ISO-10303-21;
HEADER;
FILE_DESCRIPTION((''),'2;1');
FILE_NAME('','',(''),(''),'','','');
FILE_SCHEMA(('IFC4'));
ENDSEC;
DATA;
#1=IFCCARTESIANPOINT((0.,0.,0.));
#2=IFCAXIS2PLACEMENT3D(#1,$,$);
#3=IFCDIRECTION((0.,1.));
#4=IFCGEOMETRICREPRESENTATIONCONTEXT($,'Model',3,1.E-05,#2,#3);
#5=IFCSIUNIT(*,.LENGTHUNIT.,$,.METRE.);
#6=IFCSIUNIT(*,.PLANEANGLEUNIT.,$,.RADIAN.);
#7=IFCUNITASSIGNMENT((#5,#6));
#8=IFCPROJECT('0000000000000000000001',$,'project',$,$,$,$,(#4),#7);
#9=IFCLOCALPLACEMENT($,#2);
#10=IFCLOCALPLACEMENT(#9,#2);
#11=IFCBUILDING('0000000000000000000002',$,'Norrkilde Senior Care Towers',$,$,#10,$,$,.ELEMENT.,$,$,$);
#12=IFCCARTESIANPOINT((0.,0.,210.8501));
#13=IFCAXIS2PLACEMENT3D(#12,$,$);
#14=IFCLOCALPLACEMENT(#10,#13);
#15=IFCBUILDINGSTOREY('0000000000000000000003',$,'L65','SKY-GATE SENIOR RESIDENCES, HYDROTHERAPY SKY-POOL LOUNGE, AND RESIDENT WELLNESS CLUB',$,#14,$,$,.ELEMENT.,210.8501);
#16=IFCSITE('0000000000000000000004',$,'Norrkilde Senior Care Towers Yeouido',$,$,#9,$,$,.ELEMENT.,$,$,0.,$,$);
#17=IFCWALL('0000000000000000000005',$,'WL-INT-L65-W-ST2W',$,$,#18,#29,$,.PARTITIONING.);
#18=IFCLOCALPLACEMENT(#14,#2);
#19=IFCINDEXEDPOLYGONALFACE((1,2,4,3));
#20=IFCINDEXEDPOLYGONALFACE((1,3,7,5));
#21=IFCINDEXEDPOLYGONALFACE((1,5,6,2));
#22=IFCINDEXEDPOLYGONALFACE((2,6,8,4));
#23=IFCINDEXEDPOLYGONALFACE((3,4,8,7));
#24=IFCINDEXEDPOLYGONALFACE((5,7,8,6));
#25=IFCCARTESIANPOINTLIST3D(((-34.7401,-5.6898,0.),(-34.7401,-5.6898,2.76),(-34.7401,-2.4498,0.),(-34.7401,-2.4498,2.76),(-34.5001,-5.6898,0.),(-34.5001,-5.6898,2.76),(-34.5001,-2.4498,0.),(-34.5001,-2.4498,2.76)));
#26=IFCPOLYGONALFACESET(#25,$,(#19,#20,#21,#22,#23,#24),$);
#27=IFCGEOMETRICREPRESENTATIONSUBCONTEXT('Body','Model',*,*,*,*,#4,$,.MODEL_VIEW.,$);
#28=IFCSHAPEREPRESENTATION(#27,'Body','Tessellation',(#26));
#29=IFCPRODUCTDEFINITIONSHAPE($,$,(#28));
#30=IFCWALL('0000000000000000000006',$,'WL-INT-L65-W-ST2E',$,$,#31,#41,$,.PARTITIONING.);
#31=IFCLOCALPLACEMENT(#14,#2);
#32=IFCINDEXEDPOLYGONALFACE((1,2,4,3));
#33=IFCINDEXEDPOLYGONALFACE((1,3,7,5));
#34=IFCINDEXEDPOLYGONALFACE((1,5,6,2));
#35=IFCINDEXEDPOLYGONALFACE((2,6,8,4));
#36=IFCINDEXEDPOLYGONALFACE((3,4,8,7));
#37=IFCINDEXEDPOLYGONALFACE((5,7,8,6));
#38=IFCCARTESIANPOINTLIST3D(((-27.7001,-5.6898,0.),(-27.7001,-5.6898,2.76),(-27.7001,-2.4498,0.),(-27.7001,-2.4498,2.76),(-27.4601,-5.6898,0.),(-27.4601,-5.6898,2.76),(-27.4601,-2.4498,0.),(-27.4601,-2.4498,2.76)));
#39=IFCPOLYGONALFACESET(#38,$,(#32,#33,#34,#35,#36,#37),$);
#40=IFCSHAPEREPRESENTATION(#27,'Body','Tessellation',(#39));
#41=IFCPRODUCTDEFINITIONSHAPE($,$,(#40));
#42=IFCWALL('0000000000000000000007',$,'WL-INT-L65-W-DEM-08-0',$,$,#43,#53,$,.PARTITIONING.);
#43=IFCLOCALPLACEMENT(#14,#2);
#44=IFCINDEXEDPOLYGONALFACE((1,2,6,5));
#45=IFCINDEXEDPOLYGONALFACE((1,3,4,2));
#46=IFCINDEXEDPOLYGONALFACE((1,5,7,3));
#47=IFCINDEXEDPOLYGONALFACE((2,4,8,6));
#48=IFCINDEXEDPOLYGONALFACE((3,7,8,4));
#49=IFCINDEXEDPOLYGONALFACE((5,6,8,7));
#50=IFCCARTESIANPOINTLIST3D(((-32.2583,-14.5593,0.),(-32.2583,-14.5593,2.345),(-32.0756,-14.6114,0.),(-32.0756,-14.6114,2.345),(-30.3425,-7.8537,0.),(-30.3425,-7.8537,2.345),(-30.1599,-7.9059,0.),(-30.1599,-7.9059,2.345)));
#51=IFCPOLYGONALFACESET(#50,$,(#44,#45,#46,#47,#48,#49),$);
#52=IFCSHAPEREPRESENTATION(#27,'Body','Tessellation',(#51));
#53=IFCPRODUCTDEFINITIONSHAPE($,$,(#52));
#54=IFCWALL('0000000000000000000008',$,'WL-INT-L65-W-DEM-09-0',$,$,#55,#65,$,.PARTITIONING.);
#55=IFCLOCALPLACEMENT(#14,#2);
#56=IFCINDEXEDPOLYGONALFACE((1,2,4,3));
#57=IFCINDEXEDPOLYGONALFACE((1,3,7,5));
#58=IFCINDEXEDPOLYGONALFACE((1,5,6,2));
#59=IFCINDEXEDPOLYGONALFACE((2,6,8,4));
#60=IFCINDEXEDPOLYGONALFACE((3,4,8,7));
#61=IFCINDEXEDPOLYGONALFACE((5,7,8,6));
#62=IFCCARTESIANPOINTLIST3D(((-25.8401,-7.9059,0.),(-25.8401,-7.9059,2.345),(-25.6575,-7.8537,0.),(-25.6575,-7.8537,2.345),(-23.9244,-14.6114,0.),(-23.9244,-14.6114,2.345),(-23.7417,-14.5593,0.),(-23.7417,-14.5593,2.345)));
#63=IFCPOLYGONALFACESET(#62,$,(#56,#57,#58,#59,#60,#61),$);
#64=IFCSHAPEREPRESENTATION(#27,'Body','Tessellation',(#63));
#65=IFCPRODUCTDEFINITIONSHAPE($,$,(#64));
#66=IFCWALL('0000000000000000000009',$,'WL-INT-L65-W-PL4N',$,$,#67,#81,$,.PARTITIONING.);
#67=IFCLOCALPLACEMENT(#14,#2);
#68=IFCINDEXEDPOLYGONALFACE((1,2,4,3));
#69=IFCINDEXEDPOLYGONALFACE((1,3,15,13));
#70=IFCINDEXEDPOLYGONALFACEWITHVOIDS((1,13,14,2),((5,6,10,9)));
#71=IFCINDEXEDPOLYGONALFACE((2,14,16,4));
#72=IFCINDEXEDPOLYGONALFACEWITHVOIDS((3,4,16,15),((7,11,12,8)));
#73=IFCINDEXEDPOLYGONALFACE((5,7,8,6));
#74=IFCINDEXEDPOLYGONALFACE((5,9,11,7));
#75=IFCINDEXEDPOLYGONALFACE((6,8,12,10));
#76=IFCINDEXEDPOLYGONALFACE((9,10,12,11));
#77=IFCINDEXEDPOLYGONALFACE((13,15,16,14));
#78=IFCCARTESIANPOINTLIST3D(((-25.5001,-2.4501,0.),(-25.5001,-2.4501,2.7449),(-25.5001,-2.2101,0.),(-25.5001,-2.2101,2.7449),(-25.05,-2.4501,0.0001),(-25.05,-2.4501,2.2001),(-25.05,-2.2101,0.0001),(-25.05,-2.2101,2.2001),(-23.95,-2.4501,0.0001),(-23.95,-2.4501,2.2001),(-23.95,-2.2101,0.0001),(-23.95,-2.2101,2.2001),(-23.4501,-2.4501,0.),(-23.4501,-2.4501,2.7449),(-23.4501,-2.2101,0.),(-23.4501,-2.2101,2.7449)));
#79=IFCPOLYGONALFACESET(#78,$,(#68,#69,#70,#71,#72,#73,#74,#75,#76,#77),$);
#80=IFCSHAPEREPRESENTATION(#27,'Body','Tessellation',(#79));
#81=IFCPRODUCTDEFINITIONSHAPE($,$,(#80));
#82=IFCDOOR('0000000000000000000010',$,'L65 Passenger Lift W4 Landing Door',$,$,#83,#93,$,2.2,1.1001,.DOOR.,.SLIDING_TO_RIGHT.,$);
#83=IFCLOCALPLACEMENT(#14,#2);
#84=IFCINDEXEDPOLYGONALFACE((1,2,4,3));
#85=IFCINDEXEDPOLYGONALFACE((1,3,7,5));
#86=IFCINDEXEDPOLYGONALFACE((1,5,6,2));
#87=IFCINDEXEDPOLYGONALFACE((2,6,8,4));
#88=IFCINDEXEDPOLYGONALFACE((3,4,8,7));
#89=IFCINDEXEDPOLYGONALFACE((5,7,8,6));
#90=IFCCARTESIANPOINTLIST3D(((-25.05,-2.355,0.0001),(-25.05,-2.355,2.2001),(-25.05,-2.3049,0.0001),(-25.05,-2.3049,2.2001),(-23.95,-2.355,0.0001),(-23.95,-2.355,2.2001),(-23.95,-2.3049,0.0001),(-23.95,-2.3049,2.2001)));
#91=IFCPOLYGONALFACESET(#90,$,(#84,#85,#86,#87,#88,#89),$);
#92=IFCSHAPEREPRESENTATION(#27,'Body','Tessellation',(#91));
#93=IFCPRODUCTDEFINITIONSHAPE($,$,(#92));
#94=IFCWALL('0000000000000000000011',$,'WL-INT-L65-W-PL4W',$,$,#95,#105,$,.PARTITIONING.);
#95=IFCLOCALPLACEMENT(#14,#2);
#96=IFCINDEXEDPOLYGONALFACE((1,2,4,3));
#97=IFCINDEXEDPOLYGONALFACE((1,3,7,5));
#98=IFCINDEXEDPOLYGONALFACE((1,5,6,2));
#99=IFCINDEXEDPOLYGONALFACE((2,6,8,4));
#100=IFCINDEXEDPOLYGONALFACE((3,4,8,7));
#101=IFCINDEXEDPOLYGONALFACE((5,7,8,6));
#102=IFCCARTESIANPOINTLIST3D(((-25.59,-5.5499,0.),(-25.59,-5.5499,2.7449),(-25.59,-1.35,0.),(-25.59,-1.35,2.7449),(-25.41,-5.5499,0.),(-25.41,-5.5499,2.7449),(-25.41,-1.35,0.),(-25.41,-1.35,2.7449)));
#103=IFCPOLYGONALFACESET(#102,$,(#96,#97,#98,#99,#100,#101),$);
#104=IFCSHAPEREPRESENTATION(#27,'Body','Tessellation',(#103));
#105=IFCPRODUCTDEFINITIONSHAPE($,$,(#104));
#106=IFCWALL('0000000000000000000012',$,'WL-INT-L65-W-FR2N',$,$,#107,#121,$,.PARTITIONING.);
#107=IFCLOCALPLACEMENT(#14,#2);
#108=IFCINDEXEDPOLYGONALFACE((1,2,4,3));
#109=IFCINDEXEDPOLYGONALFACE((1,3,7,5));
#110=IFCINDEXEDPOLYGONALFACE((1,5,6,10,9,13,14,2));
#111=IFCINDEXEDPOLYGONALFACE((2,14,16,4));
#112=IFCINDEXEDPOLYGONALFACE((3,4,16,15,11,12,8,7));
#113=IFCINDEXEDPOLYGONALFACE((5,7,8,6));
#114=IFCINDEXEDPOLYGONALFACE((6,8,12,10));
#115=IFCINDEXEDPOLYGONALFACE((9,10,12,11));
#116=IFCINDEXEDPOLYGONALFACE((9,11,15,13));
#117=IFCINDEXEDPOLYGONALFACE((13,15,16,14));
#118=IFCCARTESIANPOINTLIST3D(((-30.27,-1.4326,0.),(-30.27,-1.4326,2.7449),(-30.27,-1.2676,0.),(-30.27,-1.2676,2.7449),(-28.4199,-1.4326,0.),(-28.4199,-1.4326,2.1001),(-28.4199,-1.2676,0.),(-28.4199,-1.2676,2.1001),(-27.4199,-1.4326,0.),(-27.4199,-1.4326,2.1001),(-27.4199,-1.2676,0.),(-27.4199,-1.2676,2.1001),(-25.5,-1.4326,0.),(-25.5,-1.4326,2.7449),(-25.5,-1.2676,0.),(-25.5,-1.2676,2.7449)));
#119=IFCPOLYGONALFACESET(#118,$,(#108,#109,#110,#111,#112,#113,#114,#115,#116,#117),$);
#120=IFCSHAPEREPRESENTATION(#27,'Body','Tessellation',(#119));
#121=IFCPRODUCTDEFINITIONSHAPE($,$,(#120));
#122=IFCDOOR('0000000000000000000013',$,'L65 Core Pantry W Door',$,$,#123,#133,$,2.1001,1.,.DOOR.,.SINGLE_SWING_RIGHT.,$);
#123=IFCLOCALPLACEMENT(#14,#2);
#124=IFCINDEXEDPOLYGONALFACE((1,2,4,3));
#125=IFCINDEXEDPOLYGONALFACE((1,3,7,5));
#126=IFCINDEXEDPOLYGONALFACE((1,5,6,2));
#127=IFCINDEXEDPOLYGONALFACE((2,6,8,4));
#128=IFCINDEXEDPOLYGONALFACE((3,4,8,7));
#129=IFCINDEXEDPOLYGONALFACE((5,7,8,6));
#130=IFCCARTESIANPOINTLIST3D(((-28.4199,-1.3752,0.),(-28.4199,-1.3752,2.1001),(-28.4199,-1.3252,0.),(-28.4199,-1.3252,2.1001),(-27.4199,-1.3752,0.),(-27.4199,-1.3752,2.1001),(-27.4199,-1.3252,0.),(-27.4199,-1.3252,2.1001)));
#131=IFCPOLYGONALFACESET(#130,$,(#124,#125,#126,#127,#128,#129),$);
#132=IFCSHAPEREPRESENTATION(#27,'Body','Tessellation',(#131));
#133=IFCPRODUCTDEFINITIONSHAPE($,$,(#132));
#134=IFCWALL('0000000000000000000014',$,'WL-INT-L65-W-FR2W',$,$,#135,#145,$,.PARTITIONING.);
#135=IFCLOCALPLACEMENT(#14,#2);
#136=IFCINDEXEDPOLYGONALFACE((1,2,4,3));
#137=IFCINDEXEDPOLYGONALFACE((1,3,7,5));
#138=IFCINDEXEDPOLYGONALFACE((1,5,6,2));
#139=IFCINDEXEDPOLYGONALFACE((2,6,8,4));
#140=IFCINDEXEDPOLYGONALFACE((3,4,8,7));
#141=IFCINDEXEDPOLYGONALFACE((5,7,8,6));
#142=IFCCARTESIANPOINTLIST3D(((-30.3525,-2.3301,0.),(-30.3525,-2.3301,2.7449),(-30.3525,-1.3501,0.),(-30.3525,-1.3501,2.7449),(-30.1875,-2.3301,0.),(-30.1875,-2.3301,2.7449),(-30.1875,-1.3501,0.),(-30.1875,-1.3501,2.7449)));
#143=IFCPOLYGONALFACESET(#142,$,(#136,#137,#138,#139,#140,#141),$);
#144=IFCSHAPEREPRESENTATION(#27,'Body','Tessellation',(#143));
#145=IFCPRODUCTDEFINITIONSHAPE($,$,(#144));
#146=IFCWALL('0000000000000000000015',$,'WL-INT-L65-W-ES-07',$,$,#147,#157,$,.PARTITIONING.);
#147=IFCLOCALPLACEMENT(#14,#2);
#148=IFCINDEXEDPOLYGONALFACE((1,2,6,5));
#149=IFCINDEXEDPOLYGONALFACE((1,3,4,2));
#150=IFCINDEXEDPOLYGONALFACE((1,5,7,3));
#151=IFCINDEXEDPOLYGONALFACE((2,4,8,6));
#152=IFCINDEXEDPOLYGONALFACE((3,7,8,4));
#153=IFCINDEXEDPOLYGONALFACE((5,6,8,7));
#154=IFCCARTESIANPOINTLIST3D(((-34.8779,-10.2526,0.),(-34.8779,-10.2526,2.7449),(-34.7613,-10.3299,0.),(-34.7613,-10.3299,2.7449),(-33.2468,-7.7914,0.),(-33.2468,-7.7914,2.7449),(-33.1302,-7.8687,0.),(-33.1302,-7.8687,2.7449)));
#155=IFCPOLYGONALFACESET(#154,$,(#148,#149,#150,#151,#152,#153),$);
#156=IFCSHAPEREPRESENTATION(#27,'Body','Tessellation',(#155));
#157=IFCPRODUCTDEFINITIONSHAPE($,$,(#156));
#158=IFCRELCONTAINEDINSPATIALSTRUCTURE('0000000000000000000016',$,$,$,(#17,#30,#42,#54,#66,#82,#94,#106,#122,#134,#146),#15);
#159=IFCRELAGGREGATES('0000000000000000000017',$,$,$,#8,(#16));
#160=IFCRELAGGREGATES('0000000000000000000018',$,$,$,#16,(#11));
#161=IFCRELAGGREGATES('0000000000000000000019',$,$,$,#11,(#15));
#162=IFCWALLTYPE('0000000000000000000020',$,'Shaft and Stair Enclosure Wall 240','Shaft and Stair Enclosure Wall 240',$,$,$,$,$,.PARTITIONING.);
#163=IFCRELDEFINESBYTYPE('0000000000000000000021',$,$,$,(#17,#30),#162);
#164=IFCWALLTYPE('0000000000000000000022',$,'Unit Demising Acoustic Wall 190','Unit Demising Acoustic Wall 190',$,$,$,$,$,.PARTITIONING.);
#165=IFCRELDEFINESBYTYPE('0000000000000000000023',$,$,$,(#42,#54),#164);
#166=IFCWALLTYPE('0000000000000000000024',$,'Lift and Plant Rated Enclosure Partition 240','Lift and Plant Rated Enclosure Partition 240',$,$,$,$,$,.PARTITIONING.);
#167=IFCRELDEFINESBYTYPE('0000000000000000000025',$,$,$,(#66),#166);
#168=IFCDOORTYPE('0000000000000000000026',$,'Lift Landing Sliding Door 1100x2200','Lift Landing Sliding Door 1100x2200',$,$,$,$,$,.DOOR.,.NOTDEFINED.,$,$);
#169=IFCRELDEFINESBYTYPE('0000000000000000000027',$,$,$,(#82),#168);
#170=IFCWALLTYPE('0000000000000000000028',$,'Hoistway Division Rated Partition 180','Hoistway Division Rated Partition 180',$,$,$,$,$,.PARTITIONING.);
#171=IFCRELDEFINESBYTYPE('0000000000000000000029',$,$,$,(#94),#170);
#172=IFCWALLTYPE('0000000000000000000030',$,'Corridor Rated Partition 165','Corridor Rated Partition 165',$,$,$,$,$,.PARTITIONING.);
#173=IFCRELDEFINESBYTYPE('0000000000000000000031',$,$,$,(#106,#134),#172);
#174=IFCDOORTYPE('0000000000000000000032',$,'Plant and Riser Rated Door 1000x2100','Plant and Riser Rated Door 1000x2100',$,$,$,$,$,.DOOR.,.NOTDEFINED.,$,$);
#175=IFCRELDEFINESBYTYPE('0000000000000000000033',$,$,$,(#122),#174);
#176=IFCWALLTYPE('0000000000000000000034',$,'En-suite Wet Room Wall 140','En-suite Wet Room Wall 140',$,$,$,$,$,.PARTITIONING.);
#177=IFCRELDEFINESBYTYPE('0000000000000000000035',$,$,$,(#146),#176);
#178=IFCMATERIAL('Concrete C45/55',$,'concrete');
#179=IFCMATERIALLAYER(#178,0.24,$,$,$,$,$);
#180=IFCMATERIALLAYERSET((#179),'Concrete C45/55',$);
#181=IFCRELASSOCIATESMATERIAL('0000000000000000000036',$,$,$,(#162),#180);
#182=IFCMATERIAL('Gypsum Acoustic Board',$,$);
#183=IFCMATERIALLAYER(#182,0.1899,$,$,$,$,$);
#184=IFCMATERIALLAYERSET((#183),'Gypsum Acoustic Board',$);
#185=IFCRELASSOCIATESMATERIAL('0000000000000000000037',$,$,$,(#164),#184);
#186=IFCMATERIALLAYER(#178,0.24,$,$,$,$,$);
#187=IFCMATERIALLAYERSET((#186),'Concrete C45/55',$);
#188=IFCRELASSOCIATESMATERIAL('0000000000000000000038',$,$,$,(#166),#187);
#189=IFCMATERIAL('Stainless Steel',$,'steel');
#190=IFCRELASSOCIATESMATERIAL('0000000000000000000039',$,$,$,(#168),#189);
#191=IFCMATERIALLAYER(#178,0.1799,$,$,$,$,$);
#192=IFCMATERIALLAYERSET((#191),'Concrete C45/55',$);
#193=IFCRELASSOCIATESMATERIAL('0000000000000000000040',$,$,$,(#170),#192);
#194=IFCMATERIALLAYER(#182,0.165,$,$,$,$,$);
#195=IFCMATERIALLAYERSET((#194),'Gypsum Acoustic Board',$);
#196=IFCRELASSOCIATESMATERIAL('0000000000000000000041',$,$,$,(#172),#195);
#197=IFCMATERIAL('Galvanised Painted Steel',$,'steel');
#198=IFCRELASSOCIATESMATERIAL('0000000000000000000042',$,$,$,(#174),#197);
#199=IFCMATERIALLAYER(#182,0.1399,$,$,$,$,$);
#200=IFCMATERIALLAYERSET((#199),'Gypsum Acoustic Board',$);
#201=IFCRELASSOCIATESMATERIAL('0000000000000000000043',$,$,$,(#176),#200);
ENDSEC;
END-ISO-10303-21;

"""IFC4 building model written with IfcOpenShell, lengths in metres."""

from ifc_helpers import new_model, si_unit, direction, frame, frame_2d, origin, place, context, subcontext, project, spatial, rectangle, extrude, source, transform, mapped, material, layer, layer_set, type_object, type_shapes, element, fill, save


model = new_model("IFC4")

# Units and contexts
model_context = context("Model", 3, precision=1e-05, world=origin(), true_north=direction((0.0, 1.0)))
body_context = subcontext(model_context, "Body", "Model", "MODEL_VIEW")
ifc_project = project(units=[si_unit("LENGTHUNIT", "METRE"), si_unit("PLANEANGLEUNIT", "RADIAN")], contexts=[model_context])

# Site, building, storey
site_placement = place(None, origin())
site = spatial("IfcSite", under=ifc_project, at=site_placement, Name="Norrkilde Senior Care Towers Yeouido", CompositionType="ELEMENT", RefElevation=0.0)
building_placement = place(site_placement, origin())
building = spatial("IfcBuilding", under=site, at=building_placement, Name="Norrkilde Senior Care Towers", CompositionType="ELEMENT")
storey_placement = place(building_placement, frame((0.0, 0.0, 210.8501)))
storey = spatial("IfcBuildingStorey", under=building, at=storey_placement, Name="L65", Description="SKY-GATE SENIOR RESIDENCES, HYDROTHERAPY SKY-POOL LOUNGE, AND RESIDENT WELLNESS CLUB", CompositionType="ELEMENT", Elevation=210.8501)

# Walls
ifc_material_1 = material(Name="Concrete C45/55", Category="concrete")
ifc_layer_1 = layer(ifc_material_1, 0.24)
ifc_layer_set_1 = layer_set([ifc_layer_1], Name="Concrete C45/55")
wall_type_1 = type_object("IfcWallType", Name="Shaft and Stair Enclosure Wall 240", Description="Shaft and Stair Enclosure Wall 240", PredefinedType="PARTITIONING", material=ifc_layer_set_1)
shared_shape_1 = source(origin(), body_context, "Body", "SweptSolid", [
    extrude(rectangle(XDim=3.24, YDim=0.24, at=frame_2d((1.6201, 0.0))), origin(), (0.0, 0.0, 1.0), 2.76),
])
type_shapes(wall_type_1, [shared_shape_1])
for number, where, z_axis, x_axis, name in (
    (1, (-34.6201, -5.6899, 0.0), (0.0, 0.0, 1.0), (0.0, 1.0, 0.0), "WL-INT-L65-W-ST2W"),
    (2, (-27.5801, -5.6899, 0.0), (0.0, 0.0, 1.0), (0.0, 1.0, 0.0), "WL-INT-L65-W-ST2E"),
):
    element("IfcWall", number, at=place(storey_placement, frame(where, z_axis=z_axis, x_axis=x_axis)), inside=storey, type_object=wall_type_1, Name=name, PredefinedType="PARTITIONING", context=body_context, shape_type="MappedRepresentation", body=[
        mapped(shared_shape_1, transform((0.0, 0.0, 0.0), x_axis=(1.0, 0.0, 0.0), y_axis=(0.0, 1.0, 0.0), z_axis=(0.0, 0.0, 1.0), scale=1.0)),
    ])
ifc_material_2 = material(Name="Gypsum Acoustic Board")
ifc_layer_2 = layer(ifc_material_2, 0.1899)
ifc_layer_set_2 = layer_set([ifc_layer_2], Name="Gypsum Acoustic Board")
wall_type_2 = type_object("IfcWallType", Name="Unit Demising Acoustic Wall 190", Description="Unit Demising Acoustic Wall 190", PredefinedType="PARTITIONING", material=ifc_layer_set_2)
shared_shape_2 = source(origin(), body_context, "Body", "SweptSolid", [
    extrude(rectangle(XDim=6.9739, YDim=0.1899, at=frame_2d((3.4868, 0.0))), origin(), (0.0, 0.0, 1.0), 2.345),
])
type_shapes(wall_type_2, [shared_shape_2])
for number, where, z_axis, x_axis, name in (
    (3, (-30.2512, -7.8799, 0.0), (0.0, 0.0, 1.0), (-0.274707, -0.961528, 0.0), "WL-INT-L65-W-DEM-08-0"),
    (4, (-25.7488, -7.8799, 0.0), (0.0, 0.0, 1.0), (0.274707, -0.961528, 0.0), "WL-INT-L65-W-DEM-09-0"),
):
    element("IfcWall", number, at=place(storey_placement, frame(where, z_axis=z_axis, x_axis=x_axis)), inside=storey, type_object=wall_type_2, Name=name, PredefinedType="PARTITIONING", context=body_context, shape_type="MappedRepresentation", body=[
        mapped(shared_shape_2, transform((0.0, 0.0, 0.0), x_axis=(1.0, 0.0, 0.0), y_axis=(0.0, 1.0, 0.0), z_axis=(0.0, 0.0, 1.0), scale=1.0)),
    ])

# Wall, opening, door
ifc_layer_3 = layer(ifc_material_1, 0.24)
ifc_layer_set_3 = layer_set([ifc_layer_3], Name="Concrete C45/55")
wall_type_3 = type_object("IfcWallType", Name="Lift and Plant Rated Enclosure Partition 240", Description="Lift and Plant Rated Enclosure Partition 240", PredefinedType="PARTITIONING", material=ifc_layer_set_3)
shared_shape_3 = source(origin(), body_context, "Body", "SweptSolid", [
    extrude(rectangle(XDim=2.05, YDim=0.24, at=frame_2d((1.0249, 0.0))), origin(), (0.0, 0.0, 1.0), 2.7449),
])
type_shapes(wall_type_3, [shared_shape_3])
wall_1_placement = place(storey_placement, frame((-25.5, -2.3301, 0.0), z_axis=(0.0, 0.0, 1.0), x_axis=(1.0, 0.0, 0.0)))
wall_1 = element("IfcWall", 5, at=wall_1_placement, inside=storey, type_object=wall_type_3, Name="WL-INT-L65-W-PL4N", PredefinedType="PARTITIONING", context=body_context, shape_type="MappedRepresentation", body=[
    mapped(shared_shape_3, transform((0.0, 0.0, 0.0), x_axis=(1.0, 0.0, 0.0), y_axis=(0.0, 1.0, 0.0), z_axis=(0.0, 0.0, 1.0), scale=1.0)),
])
opening_1_placement = place(wall_1_placement, frame((0.45, 0.0, 0.0)))
opening_1 = element("IfcOpeningElement", 6, at=opening_1_placement, cuts=wall_1, PredefinedType="OPENING", context=body_context, shape_type="SweptSolid", body=[
    extrude(rectangle(XDim=1.1001, YDim=2.2, at=frame_2d((0.55, 1.1001))), frame((0.0, 0.1299, 0.0), z_axis=(0.0, -1.0, 0.0), x_axis=(1.0, 0.0, 0.0)), (0.0, 0.0, 1.0), 0.26),
])
ifc_material_3 = material(Name="Stainless Steel", Category="steel")
door_type_1 = type_object("IfcDoorType", Name="Lift Landing Sliding Door 1100x2200", Description="Lift Landing Sliding Door 1100x2200", OperationType="NOTDEFINED", PredefinedType="DOOR", material=ifc_material_3)
shared_shape_4 = source(origin(), body_context, "Body", "SweptSolid", [
    extrude(rectangle(XDim=1.1001, YDim=2.2, at=frame_2d((0.55, 1.1001))), frame((0.0, 0.0249, 0.0), z_axis=(0.0, -1.0, 0.0), x_axis=(1.0, 0.0, 0.0)), (0.0, 0.0, 1.0), 0.05),
])
type_shapes(door_type_1, [shared_shape_4])
door_1_placement = place(opening_1_placement, frame((1.1001, 0.0, 0.0), z_axis=(0.0, 0.0, 1.0), x_axis=(-1.0, 0.0, 0.0)))
door_1 = element("IfcDoor", 7, at=door_1_placement, inside=storey, type_object=door_type_1, Name="L65 Passenger Lift W4 Landing Door", OperationType="SLIDING_TO_RIGHT", OverallHeight=2.2, OverallWidth=1.1001, PredefinedType="DOOR", context=body_context, shape_type="MappedRepresentation", body=[
    mapped(shared_shape_4, transform((0.0, 0.0, 0.0), x_axis=(1.0, 0.0, 0.0), y_axis=(0.0, 1.0, 0.0), z_axis=(0.0, 0.0, 1.0), scale=1.0)),
])
fill(opening_1, door_1)

# Wall
ifc_layer_4 = layer(ifc_material_1, 0.1799)
ifc_layer_set_4 = layer_set([ifc_layer_4], Name="Concrete C45/55")
wall_type_4 = type_object("IfcWallType", Name="Hoistway Division Rated Partition 180", Description="Hoistway Division Rated Partition 180", PredefinedType="PARTITIONING", material=ifc_layer_set_4)
shared_shape_5 = source(origin(), body_context, "Body", "SweptSolid", [
    extrude(rectangle(XDim=4.2, YDim=0.1799, at=frame_2d((2.1001, 0.0))), origin(), (0.0, 0.0, 1.0), 2.7449),
])
type_shapes(wall_type_4, [shared_shape_5])
wall_2_placement = place(storey_placement, frame((-25.5, -5.55, 0.0), z_axis=(0.0, 0.0, 1.0), x_axis=(0.0, 1.0, 0.0)))
element("IfcWall", 8, at=wall_2_placement, inside=storey, type_object=wall_type_4, Name="WL-INT-L65-W-PL4W", PredefinedType="PARTITIONING", context=body_context, shape_type="MappedRepresentation", body=[
    mapped(shared_shape_5, transform((0.0, 0.0, 0.0), x_axis=(1.0, 0.0, 0.0), y_axis=(0.0, 1.0, 0.0), z_axis=(0.0, 0.0, 1.0), scale=1.0)),
])

# Wall, opening, door
ifc_layer_5 = layer(ifc_material_2, 0.165)
ifc_layer_set_5 = layer_set([ifc_layer_5], Name="Gypsum Acoustic Board")
wall_type_5 = type_object("IfcWallType", Name="Corridor Rated Partition 165", Description="Corridor Rated Partition 165", PredefinedType="PARTITIONING", material=ifc_layer_set_5)
shared_shape_6 = source(origin(), body_context, "Body", "SweptSolid", [
    extrude(rectangle(XDim=4.77, YDim=0.165, at=frame_2d((2.385, 0.0))), origin(), (0.0, 0.0, 1.0), 2.7449),
])
wall_3_placement = place(storey_placement, frame((-30.27, -1.3501, 0.0), z_axis=(0.0, 0.0, 1.0), x_axis=(1.0, 0.0, 0.0)))
wall_3 = element("IfcWall", 9, at=wall_3_placement, inside=storey, type_object=wall_type_5, Name="WL-INT-L65-W-FR2N", PredefinedType="PARTITIONING", context=body_context, shape_type="MappedRepresentation", body=[
    mapped(shared_shape_6, transform((0.0, 0.0, 0.0), x_axis=(1.0, 0.0, 0.0), y_axis=(0.0, 1.0, 0.0), z_axis=(0.0, 0.0, 1.0), scale=1.0)),
])
opening_2_placement = place(wall_3_placement, frame((1.8501, 0.0, 0.0)))
opening_2 = element("IfcOpeningElement", 10, at=opening_2_placement, cuts=wall_3, PredefinedType="OPENING", context=body_context, shape_type="SweptSolid", body=[
    extrude(rectangle(XDim=1.0, YDim=2.1001, at=frame_2d((0.5, 1.05))), frame((0.0, 0.0925, 0.0), z_axis=(0.0, -1.0, 0.0), x_axis=(1.0, 0.0, 0.0)), (0.0, 0.0, 1.0), 0.1851),
])
ifc_material_4 = material(Name="Galvanised Painted Steel", Category="steel")
door_type_2 = type_object("IfcDoorType", Name="Plant and Riser Rated Door 1000x2100", Description="Plant and Riser Rated Door 1000x2100", OperationType="NOTDEFINED", PredefinedType="DOOR", material=ifc_material_4)
shared_shape_7 = source(origin(), body_context, "Body", "SweptSolid", [
    extrude(rectangle(XDim=1.0, YDim=2.1001, at=frame_2d((0.5, 1.05))), frame((0.0, 0.0249, 0.0), z_axis=(0.0, -1.0, 0.0), x_axis=(1.0, 0.0, 0.0)), (0.0, 0.0, 1.0), 0.05),
])
type_shapes(door_type_2, [shared_shape_7])
door_2_placement = place(opening_2_placement, origin())
door_2 = element("IfcDoor", 11, at=door_2_placement, inside=storey, type_object=door_type_2, Name="L65 Core Pantry W Door", OperationType="SINGLE_SWING_RIGHT", OverallHeight=2.1001, OverallWidth=1.0, PredefinedType="DOOR", context=body_context, shape_type="MappedRepresentation", body=[
    mapped(shared_shape_7, transform((0.0, 0.0, 0.0), x_axis=(1.0, 0.0, 0.0), y_axis=(0.0, 1.0, 0.0), z_axis=(0.0, 0.0, 1.0), scale=1.0)),
])
fill(opening_2, door_2)

# Walls
shared_shape_8 = source(origin(), body_context, "Body", "SweptSolid", [
    extrude(rectangle(XDim=0.98, YDim=0.165, at=frame_2d((0.49, 0.0))), origin(), (0.0, 0.0, 1.0), 2.7449),
])
type_shapes(wall_type_5, [shared_shape_6, shared_shape_8])
wall_4_placement = place(storey_placement, frame((-30.27, -2.3301, 0.0), z_axis=(0.0, 0.0, 1.0), x_axis=(0.0, 1.0, 0.0)))
element("IfcWall", 12, at=wall_4_placement, inside=storey, type_object=wall_type_5, Name="WL-INT-L65-W-FR2W", PredefinedType="PARTITIONING", context=body_context, shape_type="MappedRepresentation", body=[
    mapped(shared_shape_8, transform((0.0, 0.0, 0.0), x_axis=(1.0, 0.0, 0.0), y_axis=(0.0, 1.0, 0.0), z_axis=(0.0, 0.0, 1.0), scale=1.0)),
])
ifc_layer_6 = layer(ifc_material_2, 0.1399)
ifc_layer_set_6 = layer_set([ifc_layer_6], Name="Gypsum Acoustic Board")
wall_type_6 = type_object("IfcWallType", Name="En-suite Wet Room Wall 140", Description="En-suite Wet Room Wall 140", PredefinedType="PARTITIONING", material=ifc_layer_set_6)
shared_shape_9 = source(origin(), body_context, "Body", "SweptSolid", [
    extrude(rectangle(XDim=2.9526, YDim=0.1399, at=frame_2d((1.4763, 0.0))), origin(), (0.0, 0.0, 1.0), 2.7449),
])
wall_5_placement = place(storey_placement, frame((-33.1885, -7.8301, 0.0), z_axis=(0.0, 0.0, 1.0), x_axis=(-0.552427, -0.833561, 0.0)))
element("IfcWall", 13, at=wall_5_placement, inside=storey, type_object=wall_type_6, Name="WL-INT-L65-W-ES-07", PredefinedType="PARTITIONING", context=body_context, shape_type="MappedRepresentation", body=[
    mapped(shared_shape_9, transform((0.0, 0.0, 0.0), x_axis=(1.0, 0.0, 0.0), y_axis=(0.0, 1.0, 0.0), z_axis=(0.0, 0.0, 1.0), scale=1.0)),
])

save(model, "model.ifc")
